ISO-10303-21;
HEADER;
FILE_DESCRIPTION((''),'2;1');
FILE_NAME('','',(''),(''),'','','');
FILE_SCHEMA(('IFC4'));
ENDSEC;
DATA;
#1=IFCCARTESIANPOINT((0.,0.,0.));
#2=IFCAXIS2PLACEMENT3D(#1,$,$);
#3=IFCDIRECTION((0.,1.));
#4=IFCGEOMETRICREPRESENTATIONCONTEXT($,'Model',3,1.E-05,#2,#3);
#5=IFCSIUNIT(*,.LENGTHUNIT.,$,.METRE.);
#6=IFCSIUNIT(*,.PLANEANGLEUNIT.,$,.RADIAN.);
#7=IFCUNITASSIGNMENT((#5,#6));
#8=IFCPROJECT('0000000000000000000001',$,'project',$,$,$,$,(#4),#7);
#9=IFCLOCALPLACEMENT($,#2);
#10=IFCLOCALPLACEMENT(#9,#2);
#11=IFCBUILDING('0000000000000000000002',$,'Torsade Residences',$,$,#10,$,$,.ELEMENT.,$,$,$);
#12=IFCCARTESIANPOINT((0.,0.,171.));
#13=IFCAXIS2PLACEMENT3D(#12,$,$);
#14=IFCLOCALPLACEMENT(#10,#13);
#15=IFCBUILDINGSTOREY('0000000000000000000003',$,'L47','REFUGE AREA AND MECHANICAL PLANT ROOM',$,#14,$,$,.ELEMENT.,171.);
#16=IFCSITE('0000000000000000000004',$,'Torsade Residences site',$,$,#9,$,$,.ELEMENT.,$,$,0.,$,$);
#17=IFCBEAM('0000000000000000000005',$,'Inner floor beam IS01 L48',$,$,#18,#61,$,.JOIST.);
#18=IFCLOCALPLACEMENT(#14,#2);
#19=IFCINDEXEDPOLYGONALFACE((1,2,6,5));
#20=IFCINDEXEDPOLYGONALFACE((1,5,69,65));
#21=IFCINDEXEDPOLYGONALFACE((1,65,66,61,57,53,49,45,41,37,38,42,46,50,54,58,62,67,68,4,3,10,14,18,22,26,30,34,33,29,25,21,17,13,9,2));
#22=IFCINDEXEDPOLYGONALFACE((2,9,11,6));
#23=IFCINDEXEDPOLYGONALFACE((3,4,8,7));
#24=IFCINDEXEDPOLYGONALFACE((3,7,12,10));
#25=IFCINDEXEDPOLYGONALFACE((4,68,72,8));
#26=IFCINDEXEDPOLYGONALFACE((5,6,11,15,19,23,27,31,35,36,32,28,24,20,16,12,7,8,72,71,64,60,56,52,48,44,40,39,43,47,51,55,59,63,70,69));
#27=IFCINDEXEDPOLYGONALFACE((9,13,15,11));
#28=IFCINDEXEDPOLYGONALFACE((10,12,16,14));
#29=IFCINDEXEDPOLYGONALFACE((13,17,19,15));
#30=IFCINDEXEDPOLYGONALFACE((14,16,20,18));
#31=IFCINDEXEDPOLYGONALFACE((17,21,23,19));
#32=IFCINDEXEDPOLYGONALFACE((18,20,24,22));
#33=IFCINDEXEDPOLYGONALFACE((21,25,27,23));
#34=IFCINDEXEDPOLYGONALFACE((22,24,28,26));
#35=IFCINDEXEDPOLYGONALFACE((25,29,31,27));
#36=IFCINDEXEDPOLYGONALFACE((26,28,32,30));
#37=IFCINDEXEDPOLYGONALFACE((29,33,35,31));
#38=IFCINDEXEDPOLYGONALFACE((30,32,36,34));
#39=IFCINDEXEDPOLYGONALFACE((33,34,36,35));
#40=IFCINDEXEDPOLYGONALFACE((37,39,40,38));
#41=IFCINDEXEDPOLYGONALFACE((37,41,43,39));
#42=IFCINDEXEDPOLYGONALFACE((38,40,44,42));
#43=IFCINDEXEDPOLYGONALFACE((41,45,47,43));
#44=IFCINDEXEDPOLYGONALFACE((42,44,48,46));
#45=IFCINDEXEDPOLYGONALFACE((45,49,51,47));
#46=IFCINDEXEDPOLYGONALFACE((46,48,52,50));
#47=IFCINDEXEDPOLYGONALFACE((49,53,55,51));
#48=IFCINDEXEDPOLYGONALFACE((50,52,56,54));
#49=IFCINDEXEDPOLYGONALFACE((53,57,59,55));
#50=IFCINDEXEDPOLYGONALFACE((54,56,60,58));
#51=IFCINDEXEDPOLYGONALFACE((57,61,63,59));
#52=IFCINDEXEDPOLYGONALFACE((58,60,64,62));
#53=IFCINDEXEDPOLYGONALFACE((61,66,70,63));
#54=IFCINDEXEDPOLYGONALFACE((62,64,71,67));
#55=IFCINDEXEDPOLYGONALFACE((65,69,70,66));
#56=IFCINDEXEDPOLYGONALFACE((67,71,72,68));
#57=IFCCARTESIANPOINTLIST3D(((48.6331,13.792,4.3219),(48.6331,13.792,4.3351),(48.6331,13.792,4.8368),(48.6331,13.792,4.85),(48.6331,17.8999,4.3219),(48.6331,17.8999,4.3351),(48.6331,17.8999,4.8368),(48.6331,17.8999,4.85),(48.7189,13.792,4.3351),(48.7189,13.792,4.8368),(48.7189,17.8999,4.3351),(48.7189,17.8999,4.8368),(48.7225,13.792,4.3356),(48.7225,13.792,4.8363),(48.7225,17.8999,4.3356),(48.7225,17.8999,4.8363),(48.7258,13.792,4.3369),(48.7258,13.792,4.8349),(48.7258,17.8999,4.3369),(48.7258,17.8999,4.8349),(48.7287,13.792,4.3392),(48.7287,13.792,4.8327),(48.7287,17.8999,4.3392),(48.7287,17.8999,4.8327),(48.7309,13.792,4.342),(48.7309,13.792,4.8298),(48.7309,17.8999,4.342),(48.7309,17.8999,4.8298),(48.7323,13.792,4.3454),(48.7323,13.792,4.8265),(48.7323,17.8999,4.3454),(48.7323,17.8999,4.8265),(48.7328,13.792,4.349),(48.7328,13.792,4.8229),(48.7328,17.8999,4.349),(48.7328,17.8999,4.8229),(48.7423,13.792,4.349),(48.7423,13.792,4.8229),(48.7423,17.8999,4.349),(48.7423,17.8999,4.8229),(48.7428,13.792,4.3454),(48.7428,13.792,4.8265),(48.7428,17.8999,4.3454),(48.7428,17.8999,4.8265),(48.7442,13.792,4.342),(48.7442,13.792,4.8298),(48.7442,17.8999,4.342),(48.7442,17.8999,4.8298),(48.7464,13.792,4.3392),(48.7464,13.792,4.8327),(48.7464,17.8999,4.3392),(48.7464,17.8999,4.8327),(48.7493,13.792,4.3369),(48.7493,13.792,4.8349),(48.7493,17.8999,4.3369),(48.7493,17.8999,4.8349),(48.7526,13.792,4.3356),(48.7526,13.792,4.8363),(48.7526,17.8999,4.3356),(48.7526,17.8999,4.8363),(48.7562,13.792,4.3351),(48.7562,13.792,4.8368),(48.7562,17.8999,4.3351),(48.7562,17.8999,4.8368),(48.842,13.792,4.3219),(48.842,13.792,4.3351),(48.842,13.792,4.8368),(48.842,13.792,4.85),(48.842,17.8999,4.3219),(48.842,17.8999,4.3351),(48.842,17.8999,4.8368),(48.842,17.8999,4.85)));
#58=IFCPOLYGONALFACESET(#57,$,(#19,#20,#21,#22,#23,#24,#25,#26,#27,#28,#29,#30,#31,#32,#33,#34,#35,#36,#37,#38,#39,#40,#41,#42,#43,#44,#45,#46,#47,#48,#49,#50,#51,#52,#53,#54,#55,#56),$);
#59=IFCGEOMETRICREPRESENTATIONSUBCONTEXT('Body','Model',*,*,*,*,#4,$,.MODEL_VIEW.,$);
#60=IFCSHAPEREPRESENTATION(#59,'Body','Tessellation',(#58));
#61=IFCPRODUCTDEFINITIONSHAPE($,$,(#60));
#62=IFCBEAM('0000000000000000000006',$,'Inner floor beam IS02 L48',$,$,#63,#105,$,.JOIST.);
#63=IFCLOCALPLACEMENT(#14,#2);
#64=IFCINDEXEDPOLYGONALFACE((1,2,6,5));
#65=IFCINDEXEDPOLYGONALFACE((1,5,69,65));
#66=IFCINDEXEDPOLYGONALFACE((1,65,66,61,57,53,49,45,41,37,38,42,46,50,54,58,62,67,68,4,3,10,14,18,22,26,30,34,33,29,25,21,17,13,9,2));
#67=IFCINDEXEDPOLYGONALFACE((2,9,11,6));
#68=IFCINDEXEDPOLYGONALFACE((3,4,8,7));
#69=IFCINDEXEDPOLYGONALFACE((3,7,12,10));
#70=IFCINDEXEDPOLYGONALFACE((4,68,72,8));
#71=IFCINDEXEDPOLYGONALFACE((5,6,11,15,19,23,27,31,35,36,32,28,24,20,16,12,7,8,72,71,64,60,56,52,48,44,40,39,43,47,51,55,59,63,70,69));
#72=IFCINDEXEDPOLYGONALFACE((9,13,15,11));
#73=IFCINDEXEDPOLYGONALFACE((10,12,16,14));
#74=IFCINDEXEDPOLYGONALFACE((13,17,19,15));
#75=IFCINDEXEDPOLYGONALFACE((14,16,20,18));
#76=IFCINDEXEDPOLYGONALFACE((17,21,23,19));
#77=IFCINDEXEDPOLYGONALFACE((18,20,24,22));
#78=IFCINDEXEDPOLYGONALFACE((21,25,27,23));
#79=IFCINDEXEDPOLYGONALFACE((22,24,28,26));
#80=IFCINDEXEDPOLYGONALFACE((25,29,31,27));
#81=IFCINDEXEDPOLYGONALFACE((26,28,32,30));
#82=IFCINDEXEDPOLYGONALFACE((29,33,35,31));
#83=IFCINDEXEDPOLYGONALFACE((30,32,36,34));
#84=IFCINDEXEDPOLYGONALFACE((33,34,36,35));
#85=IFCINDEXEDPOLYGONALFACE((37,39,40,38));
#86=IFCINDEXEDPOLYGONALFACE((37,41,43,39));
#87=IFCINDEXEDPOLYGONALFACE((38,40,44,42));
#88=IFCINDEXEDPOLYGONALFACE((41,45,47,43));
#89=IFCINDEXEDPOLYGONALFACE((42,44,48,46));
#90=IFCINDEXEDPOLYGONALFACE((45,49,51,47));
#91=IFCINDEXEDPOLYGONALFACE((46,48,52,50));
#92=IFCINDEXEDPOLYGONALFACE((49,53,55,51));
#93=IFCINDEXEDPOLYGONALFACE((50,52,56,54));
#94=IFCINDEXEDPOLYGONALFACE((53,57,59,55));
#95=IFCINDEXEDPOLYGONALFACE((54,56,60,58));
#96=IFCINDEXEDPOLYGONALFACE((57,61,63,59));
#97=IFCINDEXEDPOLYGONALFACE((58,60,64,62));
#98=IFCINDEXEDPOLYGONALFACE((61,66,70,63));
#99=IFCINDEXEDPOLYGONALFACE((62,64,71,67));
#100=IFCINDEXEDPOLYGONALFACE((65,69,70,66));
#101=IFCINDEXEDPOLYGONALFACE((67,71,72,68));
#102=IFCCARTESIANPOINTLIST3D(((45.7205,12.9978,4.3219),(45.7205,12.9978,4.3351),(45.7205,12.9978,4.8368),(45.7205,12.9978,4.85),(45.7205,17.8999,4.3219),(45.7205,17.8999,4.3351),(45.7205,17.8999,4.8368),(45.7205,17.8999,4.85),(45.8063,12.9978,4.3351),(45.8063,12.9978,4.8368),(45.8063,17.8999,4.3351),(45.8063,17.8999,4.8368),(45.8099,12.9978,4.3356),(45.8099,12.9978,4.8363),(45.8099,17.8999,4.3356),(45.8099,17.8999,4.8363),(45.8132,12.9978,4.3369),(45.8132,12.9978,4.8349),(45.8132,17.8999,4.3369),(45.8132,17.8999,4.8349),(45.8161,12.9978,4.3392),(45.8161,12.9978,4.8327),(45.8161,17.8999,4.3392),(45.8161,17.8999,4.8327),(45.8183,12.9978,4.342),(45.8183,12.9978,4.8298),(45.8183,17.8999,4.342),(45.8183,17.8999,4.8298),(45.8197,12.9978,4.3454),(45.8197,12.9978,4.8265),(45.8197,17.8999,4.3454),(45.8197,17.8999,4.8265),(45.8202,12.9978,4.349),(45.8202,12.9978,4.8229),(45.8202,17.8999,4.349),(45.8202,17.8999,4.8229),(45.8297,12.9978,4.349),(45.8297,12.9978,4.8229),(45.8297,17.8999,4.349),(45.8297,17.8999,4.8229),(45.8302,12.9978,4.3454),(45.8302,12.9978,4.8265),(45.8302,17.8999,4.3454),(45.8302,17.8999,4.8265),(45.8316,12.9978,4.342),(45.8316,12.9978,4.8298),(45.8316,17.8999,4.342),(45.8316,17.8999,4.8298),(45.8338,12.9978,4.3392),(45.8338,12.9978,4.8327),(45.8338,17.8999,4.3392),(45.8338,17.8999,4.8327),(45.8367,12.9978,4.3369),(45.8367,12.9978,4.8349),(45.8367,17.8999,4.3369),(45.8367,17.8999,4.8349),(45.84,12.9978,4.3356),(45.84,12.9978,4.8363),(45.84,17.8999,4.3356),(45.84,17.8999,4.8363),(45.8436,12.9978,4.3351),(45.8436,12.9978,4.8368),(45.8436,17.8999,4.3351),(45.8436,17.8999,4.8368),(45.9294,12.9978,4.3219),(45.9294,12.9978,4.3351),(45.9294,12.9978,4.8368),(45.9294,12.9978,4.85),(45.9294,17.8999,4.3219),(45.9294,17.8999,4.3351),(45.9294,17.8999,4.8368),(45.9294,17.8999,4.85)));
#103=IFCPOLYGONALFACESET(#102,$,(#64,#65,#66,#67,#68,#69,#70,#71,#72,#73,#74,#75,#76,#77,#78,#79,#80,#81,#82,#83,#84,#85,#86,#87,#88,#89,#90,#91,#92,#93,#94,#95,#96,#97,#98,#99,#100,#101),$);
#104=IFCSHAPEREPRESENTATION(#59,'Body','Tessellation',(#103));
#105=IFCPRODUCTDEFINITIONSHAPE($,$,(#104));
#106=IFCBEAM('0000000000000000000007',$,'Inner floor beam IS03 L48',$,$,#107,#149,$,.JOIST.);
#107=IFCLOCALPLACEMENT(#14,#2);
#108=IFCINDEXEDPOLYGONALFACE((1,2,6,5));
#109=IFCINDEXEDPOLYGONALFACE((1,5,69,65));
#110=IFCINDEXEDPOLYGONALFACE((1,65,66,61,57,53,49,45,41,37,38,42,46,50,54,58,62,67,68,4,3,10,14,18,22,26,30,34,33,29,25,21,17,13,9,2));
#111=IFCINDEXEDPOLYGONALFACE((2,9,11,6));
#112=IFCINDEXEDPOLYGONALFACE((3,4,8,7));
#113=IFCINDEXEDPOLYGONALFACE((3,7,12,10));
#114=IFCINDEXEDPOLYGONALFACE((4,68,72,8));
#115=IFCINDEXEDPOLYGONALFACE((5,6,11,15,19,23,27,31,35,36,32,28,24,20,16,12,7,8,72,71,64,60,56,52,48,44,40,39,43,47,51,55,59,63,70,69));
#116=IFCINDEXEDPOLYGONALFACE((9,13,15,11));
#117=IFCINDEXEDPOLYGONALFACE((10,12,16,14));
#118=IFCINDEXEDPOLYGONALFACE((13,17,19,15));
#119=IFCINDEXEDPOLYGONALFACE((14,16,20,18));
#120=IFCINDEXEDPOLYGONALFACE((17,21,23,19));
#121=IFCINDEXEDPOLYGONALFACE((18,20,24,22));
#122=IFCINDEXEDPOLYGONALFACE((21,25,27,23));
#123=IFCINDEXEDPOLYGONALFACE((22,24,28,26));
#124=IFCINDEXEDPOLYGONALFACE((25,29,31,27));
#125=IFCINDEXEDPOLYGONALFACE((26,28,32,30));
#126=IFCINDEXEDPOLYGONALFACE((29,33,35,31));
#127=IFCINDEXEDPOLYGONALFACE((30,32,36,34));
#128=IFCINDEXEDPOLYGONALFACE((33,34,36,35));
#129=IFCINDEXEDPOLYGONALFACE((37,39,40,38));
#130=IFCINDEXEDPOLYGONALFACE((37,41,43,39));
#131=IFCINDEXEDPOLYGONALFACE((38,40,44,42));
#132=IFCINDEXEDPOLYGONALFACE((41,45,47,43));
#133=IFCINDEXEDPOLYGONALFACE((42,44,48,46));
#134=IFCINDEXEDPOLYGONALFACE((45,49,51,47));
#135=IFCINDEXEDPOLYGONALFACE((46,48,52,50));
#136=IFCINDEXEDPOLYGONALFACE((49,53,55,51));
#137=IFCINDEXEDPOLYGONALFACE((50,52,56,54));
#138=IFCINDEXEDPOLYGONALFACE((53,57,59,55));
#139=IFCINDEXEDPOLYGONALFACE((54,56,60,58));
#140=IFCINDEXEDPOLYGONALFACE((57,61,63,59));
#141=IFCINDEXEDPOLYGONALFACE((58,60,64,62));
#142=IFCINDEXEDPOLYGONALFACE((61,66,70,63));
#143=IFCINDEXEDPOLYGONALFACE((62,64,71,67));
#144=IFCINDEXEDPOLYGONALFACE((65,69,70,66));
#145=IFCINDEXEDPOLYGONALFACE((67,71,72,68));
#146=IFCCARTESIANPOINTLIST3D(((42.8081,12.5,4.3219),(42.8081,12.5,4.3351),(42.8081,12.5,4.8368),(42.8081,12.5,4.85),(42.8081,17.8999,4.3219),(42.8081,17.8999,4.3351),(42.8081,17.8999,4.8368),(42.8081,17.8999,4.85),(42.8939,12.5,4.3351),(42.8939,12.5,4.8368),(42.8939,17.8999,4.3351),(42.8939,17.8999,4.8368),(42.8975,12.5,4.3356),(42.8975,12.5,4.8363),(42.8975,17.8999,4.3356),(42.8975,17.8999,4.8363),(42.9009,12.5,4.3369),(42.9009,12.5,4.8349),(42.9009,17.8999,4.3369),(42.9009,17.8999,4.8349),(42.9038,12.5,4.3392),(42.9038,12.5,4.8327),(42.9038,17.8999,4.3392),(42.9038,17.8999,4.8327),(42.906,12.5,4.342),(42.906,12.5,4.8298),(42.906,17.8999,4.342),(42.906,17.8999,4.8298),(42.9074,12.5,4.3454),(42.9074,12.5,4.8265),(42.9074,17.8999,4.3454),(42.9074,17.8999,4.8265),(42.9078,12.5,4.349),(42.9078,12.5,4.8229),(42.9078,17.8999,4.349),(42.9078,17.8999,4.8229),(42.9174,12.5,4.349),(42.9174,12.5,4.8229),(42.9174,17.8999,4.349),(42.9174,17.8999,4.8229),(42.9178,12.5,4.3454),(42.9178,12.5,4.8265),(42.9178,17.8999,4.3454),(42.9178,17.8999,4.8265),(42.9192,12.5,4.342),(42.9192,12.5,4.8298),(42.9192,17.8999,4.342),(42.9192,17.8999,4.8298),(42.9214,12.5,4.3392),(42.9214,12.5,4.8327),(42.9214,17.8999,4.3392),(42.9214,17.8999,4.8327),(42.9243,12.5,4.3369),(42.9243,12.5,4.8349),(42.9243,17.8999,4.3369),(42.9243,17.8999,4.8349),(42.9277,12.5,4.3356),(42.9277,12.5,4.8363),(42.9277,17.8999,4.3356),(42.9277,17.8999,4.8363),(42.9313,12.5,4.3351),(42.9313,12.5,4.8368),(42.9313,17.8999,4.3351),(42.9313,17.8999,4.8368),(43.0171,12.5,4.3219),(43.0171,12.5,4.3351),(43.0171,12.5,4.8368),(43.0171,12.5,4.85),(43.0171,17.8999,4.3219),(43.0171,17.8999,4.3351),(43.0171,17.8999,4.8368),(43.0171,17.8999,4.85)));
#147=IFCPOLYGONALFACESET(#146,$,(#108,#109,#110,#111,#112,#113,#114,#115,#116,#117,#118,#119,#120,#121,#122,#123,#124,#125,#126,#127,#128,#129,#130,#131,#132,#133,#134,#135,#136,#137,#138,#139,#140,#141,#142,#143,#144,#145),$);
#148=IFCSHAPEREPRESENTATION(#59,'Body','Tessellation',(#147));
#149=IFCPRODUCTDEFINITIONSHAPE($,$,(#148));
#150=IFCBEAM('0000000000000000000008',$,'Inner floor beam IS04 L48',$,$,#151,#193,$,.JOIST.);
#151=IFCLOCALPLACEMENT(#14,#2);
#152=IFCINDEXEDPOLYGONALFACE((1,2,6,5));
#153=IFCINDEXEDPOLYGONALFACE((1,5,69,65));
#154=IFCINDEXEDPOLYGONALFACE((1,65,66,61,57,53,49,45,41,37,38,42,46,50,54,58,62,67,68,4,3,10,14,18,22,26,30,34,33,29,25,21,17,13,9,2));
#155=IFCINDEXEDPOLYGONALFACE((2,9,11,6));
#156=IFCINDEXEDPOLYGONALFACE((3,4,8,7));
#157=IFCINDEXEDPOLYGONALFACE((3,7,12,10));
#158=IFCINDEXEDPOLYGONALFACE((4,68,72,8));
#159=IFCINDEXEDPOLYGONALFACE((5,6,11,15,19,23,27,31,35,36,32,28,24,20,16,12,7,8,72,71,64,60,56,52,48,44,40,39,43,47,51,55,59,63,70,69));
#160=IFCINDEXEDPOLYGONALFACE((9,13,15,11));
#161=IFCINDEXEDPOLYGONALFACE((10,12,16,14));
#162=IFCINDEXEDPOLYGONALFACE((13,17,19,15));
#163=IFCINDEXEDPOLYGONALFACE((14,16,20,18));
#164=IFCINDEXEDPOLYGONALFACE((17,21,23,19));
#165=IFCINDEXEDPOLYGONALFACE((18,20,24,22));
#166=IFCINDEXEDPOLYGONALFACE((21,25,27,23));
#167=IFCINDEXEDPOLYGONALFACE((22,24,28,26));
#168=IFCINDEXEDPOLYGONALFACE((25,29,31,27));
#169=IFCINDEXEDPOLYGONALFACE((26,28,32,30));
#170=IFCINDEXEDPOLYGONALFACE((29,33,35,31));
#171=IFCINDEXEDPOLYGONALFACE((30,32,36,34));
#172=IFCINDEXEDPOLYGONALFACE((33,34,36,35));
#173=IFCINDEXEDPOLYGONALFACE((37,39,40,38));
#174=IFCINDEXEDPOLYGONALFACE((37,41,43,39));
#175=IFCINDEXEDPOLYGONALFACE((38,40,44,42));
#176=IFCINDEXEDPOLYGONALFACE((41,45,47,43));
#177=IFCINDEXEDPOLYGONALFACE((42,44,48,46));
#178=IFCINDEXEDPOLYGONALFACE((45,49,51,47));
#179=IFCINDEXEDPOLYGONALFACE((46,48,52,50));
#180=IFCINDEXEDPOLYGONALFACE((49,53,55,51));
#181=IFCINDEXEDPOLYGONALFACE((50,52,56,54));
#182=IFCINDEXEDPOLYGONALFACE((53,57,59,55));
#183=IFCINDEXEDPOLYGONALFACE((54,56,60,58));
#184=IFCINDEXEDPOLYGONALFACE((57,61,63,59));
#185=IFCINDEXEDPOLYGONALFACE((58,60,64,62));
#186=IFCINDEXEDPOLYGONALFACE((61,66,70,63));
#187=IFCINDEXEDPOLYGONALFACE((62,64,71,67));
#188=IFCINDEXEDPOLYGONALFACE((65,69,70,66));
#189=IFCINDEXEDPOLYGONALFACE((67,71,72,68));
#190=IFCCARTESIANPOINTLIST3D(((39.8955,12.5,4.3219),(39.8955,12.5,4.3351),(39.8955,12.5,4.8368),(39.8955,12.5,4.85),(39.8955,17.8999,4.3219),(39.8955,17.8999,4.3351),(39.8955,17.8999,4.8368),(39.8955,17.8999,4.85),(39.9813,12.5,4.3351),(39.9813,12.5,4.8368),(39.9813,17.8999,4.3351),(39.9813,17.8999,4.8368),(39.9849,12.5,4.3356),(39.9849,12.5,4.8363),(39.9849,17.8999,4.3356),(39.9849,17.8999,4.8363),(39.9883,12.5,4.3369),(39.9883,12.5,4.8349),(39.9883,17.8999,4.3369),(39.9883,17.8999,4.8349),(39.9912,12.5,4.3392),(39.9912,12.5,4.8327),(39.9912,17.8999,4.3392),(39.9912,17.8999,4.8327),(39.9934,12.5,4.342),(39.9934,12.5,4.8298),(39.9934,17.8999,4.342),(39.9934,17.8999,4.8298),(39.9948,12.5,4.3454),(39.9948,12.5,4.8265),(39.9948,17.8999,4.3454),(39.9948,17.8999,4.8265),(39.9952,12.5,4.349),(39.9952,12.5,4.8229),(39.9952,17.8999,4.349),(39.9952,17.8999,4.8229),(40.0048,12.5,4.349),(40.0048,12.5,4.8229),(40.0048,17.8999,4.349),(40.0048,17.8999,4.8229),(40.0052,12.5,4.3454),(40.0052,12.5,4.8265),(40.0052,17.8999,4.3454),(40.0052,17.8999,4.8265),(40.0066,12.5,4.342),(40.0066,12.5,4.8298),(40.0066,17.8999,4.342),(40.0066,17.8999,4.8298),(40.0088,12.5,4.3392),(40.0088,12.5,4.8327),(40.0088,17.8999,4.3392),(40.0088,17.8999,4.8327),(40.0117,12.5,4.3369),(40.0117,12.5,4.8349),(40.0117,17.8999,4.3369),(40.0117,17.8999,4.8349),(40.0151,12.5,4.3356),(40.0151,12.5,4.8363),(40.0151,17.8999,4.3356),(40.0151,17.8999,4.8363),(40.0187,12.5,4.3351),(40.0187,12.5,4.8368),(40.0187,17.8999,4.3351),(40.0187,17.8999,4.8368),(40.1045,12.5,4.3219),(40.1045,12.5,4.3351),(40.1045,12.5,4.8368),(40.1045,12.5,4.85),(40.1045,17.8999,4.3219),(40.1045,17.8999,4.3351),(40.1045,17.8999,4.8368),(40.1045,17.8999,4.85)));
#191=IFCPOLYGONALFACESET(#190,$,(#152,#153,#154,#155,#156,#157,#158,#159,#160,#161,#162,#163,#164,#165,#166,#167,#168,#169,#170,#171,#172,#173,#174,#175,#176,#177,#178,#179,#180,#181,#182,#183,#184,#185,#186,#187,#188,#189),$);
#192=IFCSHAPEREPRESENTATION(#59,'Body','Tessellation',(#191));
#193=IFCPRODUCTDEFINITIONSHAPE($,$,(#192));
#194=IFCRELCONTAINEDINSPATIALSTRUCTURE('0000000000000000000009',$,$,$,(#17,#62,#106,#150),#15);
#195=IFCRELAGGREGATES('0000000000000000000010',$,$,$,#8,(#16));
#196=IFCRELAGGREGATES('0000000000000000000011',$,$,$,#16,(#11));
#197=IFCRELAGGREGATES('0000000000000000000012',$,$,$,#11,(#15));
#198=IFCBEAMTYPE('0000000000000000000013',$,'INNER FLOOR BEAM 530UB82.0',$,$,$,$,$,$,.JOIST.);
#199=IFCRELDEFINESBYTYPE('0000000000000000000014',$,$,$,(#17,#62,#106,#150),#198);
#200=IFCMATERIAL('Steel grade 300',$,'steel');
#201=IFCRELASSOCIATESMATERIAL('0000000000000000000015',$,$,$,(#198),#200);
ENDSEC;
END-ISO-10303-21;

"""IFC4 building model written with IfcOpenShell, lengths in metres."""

from ifc_helpers import new_model, si_unit, direction, frame, origin, origin_2d, place, context, subcontext, project, spatial, i_section, extrude, material, material_profile, profile_set, type_object, element, save


model = new_model("IFC4")

# Units and contexts
model_context = context("Model", 3, precision=1e-05, world=origin(), true_north=direction((0.0, 1.0)))
body_context = subcontext(model_context, "Body", "Model", "MODEL_VIEW")
ifc_project = project(units=[si_unit("LENGTHUNIT", "METRE"), si_unit("PLANEANGLEUNIT", "RADIAN")], contexts=[model_context])

# Site, building, storey
site_placement = place(None, origin())
site = spatial("IfcSite", under=ifc_project, at=site_placement, Name="Torsade Residences site", CompositionType="ELEMENT", RefElevation=0.0)
building_placement = place(site_placement, origin())
building = spatial("IfcBuilding", under=site, at=building_placement, Name="Torsade Residences", CompositionType="ELEMENT")
storey_placement = place(building_placement, frame((0.0, 0.0, 171.0)))
storey = spatial("IfcBuildingStorey", under=building, at=storey_placement, Name="L47", Description="REFUGE AREA AND MECHANICAL PLANT ROOM", CompositionType="ELEMENT", Elevation=171.0)

# Beams
ifc_material_1 = material(Name="Steel grade 300", Category="steel")
ifc_material_profile = material_profile(ifc_material_1, i_section(OverallWidth=0.209, OverallDepth=0.5281, WebThickness=0.0095, FlangeThickness=0.0132, FilletRadius=0.0139, at=origin_2d()), Name="530UB82.0")
ifc_profile_set = profile_set([ifc_material_profile], Name="Steel grade 300")
beam_type = type_object("IfcBeamType", Name="INNER FLOOR BEAM 530UB82.0", PredefinedType="JOIST", material=ifc_profile_set)
beam_1_placement = place(storey_placement, frame((48.7375, 17.8999, 4.5859), z_axis=(0.0, -1.0, 0.0), x_axis=(1.0, 0.0, 0.0)))
element("IfcBeam", 1, at=beam_1_placement, inside=storey, type_object=beam_type, Name="Inner floor beam IS01 L48", PredefinedType="JOIST", context=body_context, shape_type="SweptSolid", body=[
    extrude(i_section(OverallWidth=0.209, OverallDepth=0.5281, WebThickness=0.0095, FlangeThickness=0.0132, FilletRadius=0.0139, at=origin_2d()), origin(), (0.0, 0.0, 1.0), 4.1079),
])
beam_2_placement = place(storey_placement, frame((45.825, 17.8999, 4.5859), z_axis=(0.0, -1.0, 0.0), x_axis=(1.0, 0.0, 0.0)))
element("IfcBeam", 2, at=beam_2_placement, inside=storey, type_object=beam_type, Name="Inner floor beam IS02 L48", PredefinedType="JOIST", context=body_context, shape_type="SweptSolid", body=[
    extrude(i_section(OverallWidth=0.209, OverallDepth=0.5281, WebThickness=0.0095, FlangeThickness=0.0132, FilletRadius=0.0139, at=origin_2d()), origin(), (0.0, 0.0, 1.0), 4.9021),
])
for number, where, z_axis, x_axis, name in (
    (3, (42.9126, 17.8999, 4.5859), (0.0, -1.0, 0.0), (1.0, 0.0, 0.0), "Inner floor beam IS03 L48"),
    (4, (40.0, 17.8999, 4.5859), (0.0, -1.0, 0.0), (1.0, 0.0, 0.0), "Inner floor beam IS04 L48"),
):
    element("IfcBeam", number, at=place(storey_placement, frame(where, z_axis=z_axis, x_axis=x_axis)), inside=storey, type_object=beam_type, Name=name, PredefinedType="JOIST", context=body_context, shape_type="SweptSolid", body=[
        extrude(i_section(OverallWidth=0.209, OverallDepth=0.5281, WebThickness=0.0095, FlangeThickness=0.0132, FilletRadius=0.0139, at=origin_2d()), origin(), (0.0, 0.0, 1.0), 5.3999),
    ])

save(model, "model.ifc")
